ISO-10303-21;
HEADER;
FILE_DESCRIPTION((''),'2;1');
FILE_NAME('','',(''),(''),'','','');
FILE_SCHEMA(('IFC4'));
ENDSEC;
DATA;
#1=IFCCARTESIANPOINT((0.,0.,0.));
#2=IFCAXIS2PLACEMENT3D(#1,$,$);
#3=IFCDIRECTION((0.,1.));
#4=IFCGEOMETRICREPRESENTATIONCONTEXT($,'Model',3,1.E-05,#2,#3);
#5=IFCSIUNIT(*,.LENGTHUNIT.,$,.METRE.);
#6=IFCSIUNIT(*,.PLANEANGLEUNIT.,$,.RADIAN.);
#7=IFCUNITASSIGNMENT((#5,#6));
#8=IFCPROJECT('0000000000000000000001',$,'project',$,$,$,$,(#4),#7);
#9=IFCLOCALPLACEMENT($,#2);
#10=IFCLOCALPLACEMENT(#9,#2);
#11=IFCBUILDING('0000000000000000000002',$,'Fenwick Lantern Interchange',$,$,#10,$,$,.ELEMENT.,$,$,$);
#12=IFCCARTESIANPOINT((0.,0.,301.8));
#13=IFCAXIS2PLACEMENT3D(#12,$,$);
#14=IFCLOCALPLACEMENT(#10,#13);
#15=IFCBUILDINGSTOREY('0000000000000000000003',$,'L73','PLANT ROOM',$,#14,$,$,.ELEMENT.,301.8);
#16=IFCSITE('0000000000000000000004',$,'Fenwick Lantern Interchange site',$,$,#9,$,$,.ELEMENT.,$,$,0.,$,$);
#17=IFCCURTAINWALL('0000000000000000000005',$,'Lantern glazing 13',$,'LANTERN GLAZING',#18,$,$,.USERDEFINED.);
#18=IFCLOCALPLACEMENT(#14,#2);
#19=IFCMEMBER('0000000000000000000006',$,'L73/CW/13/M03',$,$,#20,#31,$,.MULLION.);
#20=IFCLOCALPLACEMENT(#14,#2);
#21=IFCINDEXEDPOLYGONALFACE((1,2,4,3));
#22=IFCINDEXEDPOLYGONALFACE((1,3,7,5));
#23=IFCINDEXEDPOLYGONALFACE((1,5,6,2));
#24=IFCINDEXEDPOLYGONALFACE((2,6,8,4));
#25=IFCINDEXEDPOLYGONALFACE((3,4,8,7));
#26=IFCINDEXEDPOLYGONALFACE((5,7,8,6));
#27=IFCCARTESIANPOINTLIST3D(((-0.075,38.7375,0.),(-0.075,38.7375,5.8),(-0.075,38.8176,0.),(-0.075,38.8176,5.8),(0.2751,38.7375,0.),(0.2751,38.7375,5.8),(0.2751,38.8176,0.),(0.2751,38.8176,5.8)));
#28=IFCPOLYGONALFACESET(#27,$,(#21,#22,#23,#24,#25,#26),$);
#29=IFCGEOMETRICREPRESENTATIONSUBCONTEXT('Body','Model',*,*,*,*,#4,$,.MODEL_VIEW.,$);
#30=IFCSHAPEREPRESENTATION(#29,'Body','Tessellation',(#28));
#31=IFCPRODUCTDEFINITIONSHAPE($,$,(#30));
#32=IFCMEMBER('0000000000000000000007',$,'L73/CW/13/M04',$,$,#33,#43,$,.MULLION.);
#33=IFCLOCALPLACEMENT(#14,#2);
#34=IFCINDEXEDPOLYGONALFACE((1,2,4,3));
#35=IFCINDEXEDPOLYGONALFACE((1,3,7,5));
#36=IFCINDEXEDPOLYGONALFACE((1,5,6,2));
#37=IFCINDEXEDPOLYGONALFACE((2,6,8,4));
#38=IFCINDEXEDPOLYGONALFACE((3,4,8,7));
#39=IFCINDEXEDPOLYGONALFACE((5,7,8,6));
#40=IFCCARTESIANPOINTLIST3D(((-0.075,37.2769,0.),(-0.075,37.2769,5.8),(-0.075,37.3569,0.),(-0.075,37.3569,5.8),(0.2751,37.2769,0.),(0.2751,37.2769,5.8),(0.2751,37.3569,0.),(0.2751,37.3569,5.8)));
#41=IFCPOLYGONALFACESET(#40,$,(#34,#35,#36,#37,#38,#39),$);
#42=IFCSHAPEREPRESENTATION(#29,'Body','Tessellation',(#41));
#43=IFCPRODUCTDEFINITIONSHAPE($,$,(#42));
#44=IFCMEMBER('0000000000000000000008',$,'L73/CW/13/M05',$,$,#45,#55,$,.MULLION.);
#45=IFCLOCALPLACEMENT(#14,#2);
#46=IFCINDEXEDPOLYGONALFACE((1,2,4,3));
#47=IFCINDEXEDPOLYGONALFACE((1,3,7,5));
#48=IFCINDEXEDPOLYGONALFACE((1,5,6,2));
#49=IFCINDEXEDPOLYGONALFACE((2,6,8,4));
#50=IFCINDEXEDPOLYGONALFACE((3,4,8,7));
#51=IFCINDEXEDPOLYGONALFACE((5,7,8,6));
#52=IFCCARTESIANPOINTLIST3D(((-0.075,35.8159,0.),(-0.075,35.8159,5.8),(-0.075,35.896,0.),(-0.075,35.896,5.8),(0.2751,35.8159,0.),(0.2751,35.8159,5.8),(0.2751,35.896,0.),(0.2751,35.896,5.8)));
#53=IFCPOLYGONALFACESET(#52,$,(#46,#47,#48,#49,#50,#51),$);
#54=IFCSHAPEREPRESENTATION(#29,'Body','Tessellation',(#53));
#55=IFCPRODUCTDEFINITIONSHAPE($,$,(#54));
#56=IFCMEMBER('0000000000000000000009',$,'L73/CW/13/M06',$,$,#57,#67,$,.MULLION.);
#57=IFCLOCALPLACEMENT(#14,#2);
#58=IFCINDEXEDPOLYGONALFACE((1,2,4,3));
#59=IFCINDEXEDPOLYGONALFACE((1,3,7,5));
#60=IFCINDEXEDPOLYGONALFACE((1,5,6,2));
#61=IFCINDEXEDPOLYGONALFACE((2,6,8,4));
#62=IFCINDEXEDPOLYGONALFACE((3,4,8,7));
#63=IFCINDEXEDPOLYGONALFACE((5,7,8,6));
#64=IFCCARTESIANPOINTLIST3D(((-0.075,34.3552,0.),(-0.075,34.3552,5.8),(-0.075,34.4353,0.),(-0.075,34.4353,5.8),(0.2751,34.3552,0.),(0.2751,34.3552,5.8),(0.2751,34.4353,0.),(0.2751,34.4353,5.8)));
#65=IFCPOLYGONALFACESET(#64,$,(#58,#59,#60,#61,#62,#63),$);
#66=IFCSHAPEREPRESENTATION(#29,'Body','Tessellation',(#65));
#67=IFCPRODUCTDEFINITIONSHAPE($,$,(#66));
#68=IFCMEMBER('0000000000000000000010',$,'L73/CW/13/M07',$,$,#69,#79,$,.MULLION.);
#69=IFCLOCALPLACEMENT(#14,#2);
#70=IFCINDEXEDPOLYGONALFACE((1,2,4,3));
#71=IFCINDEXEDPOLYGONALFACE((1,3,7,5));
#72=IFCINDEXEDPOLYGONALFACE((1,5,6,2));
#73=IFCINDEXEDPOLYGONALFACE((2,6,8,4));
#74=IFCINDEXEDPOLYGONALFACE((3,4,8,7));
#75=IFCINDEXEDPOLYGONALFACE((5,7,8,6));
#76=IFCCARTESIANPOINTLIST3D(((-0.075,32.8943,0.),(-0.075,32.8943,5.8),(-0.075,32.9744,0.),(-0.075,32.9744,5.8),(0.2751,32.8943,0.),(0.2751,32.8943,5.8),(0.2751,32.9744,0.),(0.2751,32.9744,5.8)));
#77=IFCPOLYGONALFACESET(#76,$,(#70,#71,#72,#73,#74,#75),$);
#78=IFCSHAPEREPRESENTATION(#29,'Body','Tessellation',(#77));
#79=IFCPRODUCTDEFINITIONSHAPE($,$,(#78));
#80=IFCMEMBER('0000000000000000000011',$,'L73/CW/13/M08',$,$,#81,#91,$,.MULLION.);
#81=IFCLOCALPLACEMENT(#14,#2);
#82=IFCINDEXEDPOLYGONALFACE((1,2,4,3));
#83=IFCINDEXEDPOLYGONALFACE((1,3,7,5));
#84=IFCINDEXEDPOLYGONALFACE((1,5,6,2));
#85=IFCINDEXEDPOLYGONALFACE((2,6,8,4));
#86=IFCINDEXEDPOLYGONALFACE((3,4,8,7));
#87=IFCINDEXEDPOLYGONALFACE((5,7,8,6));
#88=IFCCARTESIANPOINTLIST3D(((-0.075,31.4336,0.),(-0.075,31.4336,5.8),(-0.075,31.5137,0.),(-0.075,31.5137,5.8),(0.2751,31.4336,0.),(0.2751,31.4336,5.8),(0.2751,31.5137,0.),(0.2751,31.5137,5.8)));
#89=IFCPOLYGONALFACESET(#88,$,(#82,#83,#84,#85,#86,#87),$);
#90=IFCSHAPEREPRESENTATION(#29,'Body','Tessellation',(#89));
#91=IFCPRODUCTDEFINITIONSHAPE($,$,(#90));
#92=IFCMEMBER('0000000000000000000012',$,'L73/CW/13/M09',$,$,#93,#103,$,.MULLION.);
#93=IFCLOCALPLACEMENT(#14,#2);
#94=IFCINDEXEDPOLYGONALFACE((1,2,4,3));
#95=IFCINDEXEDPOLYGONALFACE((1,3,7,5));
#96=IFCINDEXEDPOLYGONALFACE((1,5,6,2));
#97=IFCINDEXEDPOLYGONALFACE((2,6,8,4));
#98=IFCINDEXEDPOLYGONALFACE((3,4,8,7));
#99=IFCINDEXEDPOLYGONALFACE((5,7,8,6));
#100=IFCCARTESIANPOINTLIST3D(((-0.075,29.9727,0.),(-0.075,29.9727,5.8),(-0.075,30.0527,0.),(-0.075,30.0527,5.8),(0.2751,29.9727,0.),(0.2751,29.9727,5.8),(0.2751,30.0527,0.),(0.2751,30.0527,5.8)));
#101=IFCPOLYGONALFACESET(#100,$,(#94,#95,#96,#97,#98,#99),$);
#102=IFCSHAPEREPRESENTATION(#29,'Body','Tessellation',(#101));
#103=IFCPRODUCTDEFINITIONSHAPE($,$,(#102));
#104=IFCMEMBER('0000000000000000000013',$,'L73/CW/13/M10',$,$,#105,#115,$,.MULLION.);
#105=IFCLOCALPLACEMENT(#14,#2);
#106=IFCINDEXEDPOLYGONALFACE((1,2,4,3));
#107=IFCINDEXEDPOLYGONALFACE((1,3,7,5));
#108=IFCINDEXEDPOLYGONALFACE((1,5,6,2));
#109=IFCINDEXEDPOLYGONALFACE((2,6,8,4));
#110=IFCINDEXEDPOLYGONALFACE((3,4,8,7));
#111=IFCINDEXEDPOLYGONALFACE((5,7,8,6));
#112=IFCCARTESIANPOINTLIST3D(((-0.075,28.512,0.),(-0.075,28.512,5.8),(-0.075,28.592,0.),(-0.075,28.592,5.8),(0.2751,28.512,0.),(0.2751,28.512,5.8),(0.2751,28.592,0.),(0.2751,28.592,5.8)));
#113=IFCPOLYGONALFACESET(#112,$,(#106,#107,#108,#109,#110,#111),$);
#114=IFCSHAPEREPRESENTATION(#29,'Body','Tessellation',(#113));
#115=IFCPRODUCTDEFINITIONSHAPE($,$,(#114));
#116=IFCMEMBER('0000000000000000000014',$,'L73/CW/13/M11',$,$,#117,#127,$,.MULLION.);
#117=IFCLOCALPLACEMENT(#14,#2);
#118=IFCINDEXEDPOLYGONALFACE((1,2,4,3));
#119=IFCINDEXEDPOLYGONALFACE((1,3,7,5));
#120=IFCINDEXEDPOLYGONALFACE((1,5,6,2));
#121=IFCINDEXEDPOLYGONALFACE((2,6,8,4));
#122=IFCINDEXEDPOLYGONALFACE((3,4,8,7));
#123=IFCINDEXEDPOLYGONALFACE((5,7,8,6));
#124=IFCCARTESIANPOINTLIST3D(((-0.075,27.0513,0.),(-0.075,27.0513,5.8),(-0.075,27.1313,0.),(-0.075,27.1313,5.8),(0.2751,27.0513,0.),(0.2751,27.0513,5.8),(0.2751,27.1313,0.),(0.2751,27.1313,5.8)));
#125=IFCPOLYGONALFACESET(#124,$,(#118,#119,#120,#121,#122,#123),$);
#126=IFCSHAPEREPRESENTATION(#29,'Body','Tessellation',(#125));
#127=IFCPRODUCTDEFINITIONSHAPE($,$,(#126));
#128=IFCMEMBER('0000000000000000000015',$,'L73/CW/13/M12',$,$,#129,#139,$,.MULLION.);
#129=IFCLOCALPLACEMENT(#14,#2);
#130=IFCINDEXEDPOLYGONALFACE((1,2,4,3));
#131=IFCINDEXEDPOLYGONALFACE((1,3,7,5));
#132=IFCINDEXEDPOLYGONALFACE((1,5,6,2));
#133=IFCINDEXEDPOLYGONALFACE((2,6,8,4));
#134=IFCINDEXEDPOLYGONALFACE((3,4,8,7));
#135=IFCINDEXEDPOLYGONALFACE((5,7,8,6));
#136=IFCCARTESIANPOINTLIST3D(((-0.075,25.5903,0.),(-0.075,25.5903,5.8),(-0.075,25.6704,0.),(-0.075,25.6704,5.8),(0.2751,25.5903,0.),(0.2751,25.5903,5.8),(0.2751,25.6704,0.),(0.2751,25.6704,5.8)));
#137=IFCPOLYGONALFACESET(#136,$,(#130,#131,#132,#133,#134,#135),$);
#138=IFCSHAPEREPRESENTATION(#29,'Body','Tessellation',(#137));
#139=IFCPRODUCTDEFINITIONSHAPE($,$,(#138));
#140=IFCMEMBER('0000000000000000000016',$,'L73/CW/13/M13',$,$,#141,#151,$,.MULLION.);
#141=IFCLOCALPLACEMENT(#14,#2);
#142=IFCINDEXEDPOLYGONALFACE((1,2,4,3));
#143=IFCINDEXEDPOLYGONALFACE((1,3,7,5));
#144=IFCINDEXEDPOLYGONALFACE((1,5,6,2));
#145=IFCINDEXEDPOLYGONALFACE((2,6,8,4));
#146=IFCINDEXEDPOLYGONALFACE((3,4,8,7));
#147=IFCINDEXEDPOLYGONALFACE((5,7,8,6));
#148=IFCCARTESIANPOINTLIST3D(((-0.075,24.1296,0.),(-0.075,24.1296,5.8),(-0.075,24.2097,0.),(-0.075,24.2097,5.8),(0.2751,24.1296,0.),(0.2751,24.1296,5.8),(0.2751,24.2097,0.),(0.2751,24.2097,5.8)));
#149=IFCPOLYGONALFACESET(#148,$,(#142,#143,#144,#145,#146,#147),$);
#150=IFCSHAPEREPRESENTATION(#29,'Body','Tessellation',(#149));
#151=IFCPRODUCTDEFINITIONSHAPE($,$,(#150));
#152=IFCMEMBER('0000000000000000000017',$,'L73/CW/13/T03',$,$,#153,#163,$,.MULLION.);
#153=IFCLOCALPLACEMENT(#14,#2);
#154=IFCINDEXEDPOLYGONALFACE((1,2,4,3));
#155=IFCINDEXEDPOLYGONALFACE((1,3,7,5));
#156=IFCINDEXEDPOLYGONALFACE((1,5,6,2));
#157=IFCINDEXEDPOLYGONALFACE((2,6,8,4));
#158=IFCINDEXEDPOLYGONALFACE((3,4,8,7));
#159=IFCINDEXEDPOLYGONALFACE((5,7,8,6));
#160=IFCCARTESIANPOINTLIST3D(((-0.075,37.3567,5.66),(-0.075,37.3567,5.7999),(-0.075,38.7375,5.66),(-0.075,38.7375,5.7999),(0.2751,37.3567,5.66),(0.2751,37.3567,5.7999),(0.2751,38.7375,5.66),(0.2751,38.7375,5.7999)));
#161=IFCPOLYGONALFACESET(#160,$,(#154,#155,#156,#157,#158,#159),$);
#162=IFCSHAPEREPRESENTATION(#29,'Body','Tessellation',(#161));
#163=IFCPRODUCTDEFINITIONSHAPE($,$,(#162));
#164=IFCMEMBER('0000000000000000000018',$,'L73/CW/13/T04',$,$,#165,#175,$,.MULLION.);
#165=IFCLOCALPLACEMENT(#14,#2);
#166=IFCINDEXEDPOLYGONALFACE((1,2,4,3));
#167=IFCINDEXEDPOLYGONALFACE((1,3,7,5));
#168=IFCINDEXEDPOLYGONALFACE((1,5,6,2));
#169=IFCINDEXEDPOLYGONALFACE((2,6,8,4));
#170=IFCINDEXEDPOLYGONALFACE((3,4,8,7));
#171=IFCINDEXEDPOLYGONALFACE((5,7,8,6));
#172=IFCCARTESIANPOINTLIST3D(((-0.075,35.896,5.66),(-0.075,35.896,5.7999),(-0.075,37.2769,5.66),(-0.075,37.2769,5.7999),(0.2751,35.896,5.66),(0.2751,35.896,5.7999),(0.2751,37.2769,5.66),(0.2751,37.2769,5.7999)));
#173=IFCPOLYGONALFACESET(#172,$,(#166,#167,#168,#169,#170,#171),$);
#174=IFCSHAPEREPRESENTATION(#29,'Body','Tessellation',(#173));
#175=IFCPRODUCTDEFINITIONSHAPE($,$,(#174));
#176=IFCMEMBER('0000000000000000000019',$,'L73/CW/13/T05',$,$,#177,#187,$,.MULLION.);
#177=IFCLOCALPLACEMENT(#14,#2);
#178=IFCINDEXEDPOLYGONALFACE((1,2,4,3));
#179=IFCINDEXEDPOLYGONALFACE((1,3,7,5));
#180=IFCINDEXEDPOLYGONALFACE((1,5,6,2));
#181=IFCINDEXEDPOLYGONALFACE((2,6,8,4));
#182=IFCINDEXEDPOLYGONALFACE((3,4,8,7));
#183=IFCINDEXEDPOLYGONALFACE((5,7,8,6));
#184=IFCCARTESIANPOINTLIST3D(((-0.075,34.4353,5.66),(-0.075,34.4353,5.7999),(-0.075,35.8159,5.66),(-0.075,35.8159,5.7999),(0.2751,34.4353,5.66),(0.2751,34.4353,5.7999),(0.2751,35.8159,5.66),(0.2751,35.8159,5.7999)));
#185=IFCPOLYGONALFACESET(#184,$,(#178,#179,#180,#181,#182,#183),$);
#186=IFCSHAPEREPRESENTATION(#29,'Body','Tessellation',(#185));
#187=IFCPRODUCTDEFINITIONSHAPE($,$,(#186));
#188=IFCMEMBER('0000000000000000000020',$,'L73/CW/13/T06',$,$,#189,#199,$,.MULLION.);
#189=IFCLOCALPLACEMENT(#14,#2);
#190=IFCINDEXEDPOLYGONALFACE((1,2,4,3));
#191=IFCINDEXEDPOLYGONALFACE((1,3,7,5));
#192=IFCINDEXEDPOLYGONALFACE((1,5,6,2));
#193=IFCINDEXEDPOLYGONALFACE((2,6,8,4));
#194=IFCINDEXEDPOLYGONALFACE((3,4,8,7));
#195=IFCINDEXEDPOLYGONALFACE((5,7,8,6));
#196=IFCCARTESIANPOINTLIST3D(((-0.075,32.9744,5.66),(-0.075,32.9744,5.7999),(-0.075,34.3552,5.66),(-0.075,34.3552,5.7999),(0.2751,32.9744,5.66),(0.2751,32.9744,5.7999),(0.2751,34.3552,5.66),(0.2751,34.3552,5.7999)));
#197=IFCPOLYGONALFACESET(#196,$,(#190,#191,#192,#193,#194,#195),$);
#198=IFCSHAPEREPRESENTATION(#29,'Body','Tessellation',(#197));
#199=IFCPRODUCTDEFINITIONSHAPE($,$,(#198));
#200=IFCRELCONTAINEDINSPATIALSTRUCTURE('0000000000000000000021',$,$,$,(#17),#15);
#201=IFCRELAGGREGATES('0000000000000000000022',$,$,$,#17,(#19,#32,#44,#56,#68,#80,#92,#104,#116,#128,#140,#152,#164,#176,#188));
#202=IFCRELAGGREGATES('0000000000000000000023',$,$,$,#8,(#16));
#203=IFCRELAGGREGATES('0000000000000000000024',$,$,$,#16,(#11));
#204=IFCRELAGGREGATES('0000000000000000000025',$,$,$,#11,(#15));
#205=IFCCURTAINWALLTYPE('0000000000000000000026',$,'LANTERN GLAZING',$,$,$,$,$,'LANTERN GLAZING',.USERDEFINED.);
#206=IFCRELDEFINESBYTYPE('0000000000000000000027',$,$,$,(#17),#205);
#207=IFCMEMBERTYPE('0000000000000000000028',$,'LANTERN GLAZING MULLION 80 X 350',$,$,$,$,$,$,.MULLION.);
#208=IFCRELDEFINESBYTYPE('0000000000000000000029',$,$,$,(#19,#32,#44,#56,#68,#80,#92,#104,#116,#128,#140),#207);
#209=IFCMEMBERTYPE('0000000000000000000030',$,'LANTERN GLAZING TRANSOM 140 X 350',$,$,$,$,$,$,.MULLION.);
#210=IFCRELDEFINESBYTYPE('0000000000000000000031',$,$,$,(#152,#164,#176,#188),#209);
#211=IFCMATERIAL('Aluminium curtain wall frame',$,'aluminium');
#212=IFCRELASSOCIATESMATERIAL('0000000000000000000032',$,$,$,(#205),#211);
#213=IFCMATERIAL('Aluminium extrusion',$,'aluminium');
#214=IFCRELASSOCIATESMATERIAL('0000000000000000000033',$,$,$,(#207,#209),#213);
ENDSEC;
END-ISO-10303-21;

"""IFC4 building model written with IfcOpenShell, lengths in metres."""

from ifc_helpers import new_model, si_unit, direction, frame, origin, origin_2d, place, context, subcontext, project, spatial, rectangle, extrude, material, material_profile, profile_set, type_object, element, aggregate, save


model = new_model("IFC4")

# Units and contexts
model_context = context("Model", 3, precision=1e-05, world=origin(), true_north=direction((0.0, 1.0)))
body_context = subcontext(model_context, "Body", "Model", "MODEL_VIEW")
ifc_project = project(units=[si_unit("LENGTHUNIT", "METRE"), si_unit("PLANEANGLEUNIT", "RADIAN")], contexts=[model_context])

# Site, building, storey
site_placement = place(None, origin())
site = spatial("IfcSite", under=ifc_project, at=site_placement, Name="Fenwick Lantern Interchange site", CompositionType="ELEMENT", RefElevation=0.0)
building_placement = place(site_placement, origin())
building = spatial("IfcBuilding", under=site, at=building_placement, Name="Fenwick Lantern Interchange", CompositionType="ELEMENT")
storey_placement = place(building_placement, frame((0.0, 0.0, 301.8)))
storey = spatial("IfcBuildingStorey", under=building, at=storey_placement, Name="L73", Description="PLANT ROOM", CompositionType="ELEMENT", Elevation=301.8)

# Curtain wall, members
ifc_material_1 = material(Name="Aluminium curtain wall frame", Category="aluminium")
curtain_wall_type = type_object("IfcCurtainWallType", Name="LANTERN GLAZING", ElementType="LANTERN GLAZING", PredefinedType="USERDEFINED", material=ifc_material_1)
curtain_wall_placement = place(storey_placement, origin())
curtain_wall = element("IfcCurtainWall", 1, at=curtain_wall_placement, inside=storey, type_object=curtain_wall_type, Name="Lantern glazing 13", ObjectType="LANTERN GLAZING", PredefinedType="USERDEFINED")
ifc_material_2 = material(Name="Aluminium extrusion", Category="aluminium")
ifc_material_profile_1 = material_profile(ifc_material_2, rectangle(XDim=0.3501, YDim=0.0801, at=origin_2d()), Name="LANTERN GLAZING MULLION 80 X 350")
ifc_profile_set_1 = profile_set([ifc_material_profile_1], Name="Aluminium extrusion")
member_type_1 = type_object("IfcMemberType", Name="LANTERN GLAZING MULLION 80 X 350", PredefinedType="MULLION", material=ifc_profile_set_1)
member_1_placement = place(storey_placement, frame((0.1001, 38.7776, 0.0), z_axis=(0.0, 0.0, 1.0), x_axis=(1.0, 0.0, 0.0)))
member_1 = element("IfcMember", 2, at=member_1_placement, type_object=member_type_1, Name="L73/CW/13/M03", PredefinedType="MULLION", context=body_context, shape_type="SweptSolid", body=[
    extrude(rectangle(XDim=0.3501, YDim=0.0801, at=origin_2d()), origin(), (0.0, 0.0, 1.0), 5.8),
])
member_2_placement = place(storey_placement, frame((0.1001, 37.3169, 0.0), z_axis=(0.0, 0.0, 1.0), x_axis=(1.0, 0.0, 0.0)))
member_2 = element("IfcMember", 3, at=member_2_placement, type_object=member_type_1, Name="L73/CW/13/M04", PredefinedType="MULLION", context=body_context, shape_type="SweptSolid", body=[
    extrude(rectangle(XDim=0.3501, YDim=0.0801, at=origin_2d()), origin(), (0.0, 0.0, 1.0), 5.8),
])
member_3_placement = place(storey_placement, frame((0.1001, 35.856, 0.0), z_axis=(0.0, 0.0, 1.0), x_axis=(1.0, 0.0, 0.0)))
member_3 = element("IfcMember", 4, at=member_3_placement, type_object=member_type_1, Name="L73/CW/13/M05", PredefinedType="MULLION", context=body_context, shape_type="SweptSolid", body=[
    extrude(rectangle(XDim=0.3501, YDim=0.0801, at=origin_2d()), origin(), (0.0, 0.0, 1.0), 5.8),
])
member_4_placement = place(storey_placement, frame((0.1001, 34.3953, 0.0), z_axis=(0.0, 0.0, 1.0), x_axis=(1.0, 0.0, 0.0)))
member_4 = element("IfcMember", 5, at=member_4_placement, type_object=member_type_1, Name="L73/CW/13/M06", PredefinedType="MULLION", context=body_context, shape_type="SweptSolid", body=[
    extrude(rectangle(XDim=0.3501, YDim=0.0801, at=origin_2d()), origin(), (0.0, 0.0, 1.0), 5.8),
])
member_5_placement = place(storey_placement, frame((0.1001, 32.9343, 0.0), z_axis=(0.0, 0.0, 1.0), x_axis=(1.0, 0.0, 0.0)))
member_5 = element("IfcMember", 6, at=member_5_placement, type_object=member_type_1, Name="L73/CW/13/M07", PredefinedType="MULLION", context=body_context, shape_type="SweptSolid", body=[
    extrude(rectangle(XDim=0.3501, YDim=0.0801, at=origin_2d()), origin(), (0.0, 0.0, 1.0), 5.8),
])
member_6_placement = place(storey_placement, frame((0.1001, 31.4736, 0.0), z_axis=(0.0, 0.0, 1.0), x_axis=(1.0, 0.0, 0.0)))
member_6 = element("IfcMember", 7, at=member_6_placement, type_object=member_type_1, Name="L73/CW/13/M08", PredefinedType="MULLION", context=body_context, shape_type="SweptSolid", body=[
    extrude(rectangle(XDim=0.3501, YDim=0.0801, at=origin_2d()), origin(), (0.0, 0.0, 1.0), 5.8),
])
member_7_placement = place(storey_placement, frame((0.1001, 30.0127, 0.0), z_axis=(0.0, 0.0, 1.0), x_axis=(1.0, 0.0, 0.0)))
member_7 = element("IfcMember", 8, at=member_7_placement, type_object=member_type_1, Name="L73/CW/13/M09", PredefinedType="MULLION", context=body_context, shape_type="SweptSolid", body=[
    extrude(rectangle(XDim=0.3501, YDim=0.0801, at=origin_2d()), origin(), (0.0, 0.0, 1.0), 5.8),
])
member_8_placement = place(storey_placement, frame((0.1001, 28.552, 0.0), z_axis=(0.0, 0.0, 1.0), x_axis=(1.0, 0.0, 0.0)))
member_8 = element("IfcMember", 9, at=member_8_placement, type_object=member_type_1, Name="L73/CW/13/M10", PredefinedType="MULLION", context=body_context, shape_type="SweptSolid", body=[
    extrude(rectangle(XDim=0.3501, YDim=0.0801, at=origin_2d()), origin(), (0.0, 0.0, 1.0), 5.8),
])
member_9_placement = place(storey_placement, frame((0.1001, 27.0913, 0.0), z_axis=(0.0, 0.0, 1.0), x_axis=(1.0, 0.0, 0.0)))
member_9 = element("IfcMember", 10, at=member_9_placement, type_object=member_type_1, Name="L73/CW/13/M11", PredefinedType="MULLION", context=body_context, shape_type="SweptSolid", body=[
    extrude(rectangle(XDim=0.3501, YDim=0.0801, at=origin_2d()), origin(), (0.0, 0.0, 1.0), 5.8),
])
member_10_placement = place(storey_placement, frame((0.1001, 25.6304, 0.0), z_axis=(0.0, 0.0, 1.0), x_axis=(1.0, 0.0, 0.0)))
member_10 = element("IfcMember", 11, at=member_10_placement, type_object=member_type_1, Name="L73/CW/13/M12", PredefinedType="MULLION", context=body_context, shape_type="SweptSolid", body=[
    extrude(rectangle(XDim=0.3501, YDim=0.0801, at=origin_2d()), origin(), (0.0, 0.0, 1.0), 5.8),
])
member_11_placement = place(storey_placement, frame((0.1001, 24.1697, 0.0), z_axis=(0.0, 0.0, 1.0), x_axis=(1.0, 0.0, 0.0)))
member_11 = element("IfcMember", 12, at=member_11_placement, type_object=member_type_1, Name="L73/CW/13/M13", PredefinedType="MULLION", context=body_context, shape_type="SweptSolid", body=[
    extrude(rectangle(XDim=0.3501, YDim=0.0801, at=origin_2d()), origin(), (0.0, 0.0, 1.0), 5.8),
])
ifc_material_profile_2 = material_profile(ifc_material_2, rectangle(XDim=0.3501, YDim=0.1399, at=origin_2d()), Name="LANTERN GLAZING TRANSOM 140 X 350")
ifc_profile_set_2 = profile_set([ifc_material_profile_2], Name="Aluminium extrusion")
member_type_2 = type_object("IfcMemberType", Name="LANTERN GLAZING TRANSOM 140 X 350", PredefinedType="MULLION", material=ifc_profile_set_2)
member_12_placement = place(storey_placement, frame((0.1001, 38.7375, 5.73), z_axis=(0.0, -1.0, 0.0), x_axis=(1.0, 0.0, 0.0)))
member_12 = element("IfcMember", 13, at=member_12_placement, type_object=member_type_2, Name="L73/CW/13/T03", PredefinedType="MULLION", context=body_context, shape_type="SweptSolid", body=[
    extrude(rectangle(XDim=0.3501, YDim=0.1399, at=origin_2d()), origin(), (0.0, 0.0, 1.0), 1.3809),
])
member_13_placement = place(storey_placement, frame((0.1001, 37.2769, 5.73), z_axis=(0.0, -1.0, 0.0), x_axis=(1.0, 0.0, 0.0)))
member_13 = element("IfcMember", 14, at=member_13_placement, type_object=member_type_2, Name="L73/CW/13/T04", PredefinedType="MULLION", context=body_context, shape_type="SweptSolid", body=[
    extrude(rectangle(XDim=0.3501, YDim=0.1399, at=origin_2d()), origin(), (0.0, 0.0, 1.0), 1.3809),
])
member_14_placement = place(storey_placement, frame((0.1001, 35.8159, 5.73), z_axis=(0.0, -1.0, 0.0), x_axis=(1.0, 0.0, 0.0)))
member_14 = element("IfcMember", 15, at=member_14_placement, type_object=member_type_2, Name="L73/CW/13/T05", PredefinedType="MULLION", context=body_context, shape_type="SweptSolid", body=[
    extrude(rectangle(XDim=0.3501, YDim=0.1399, at=origin_2d()), origin(), (0.0, 0.0, 1.0), 1.3806),
])
member_15_placement = place(storey_placement, frame((0.1001, 34.3552, 5.73), z_axis=(0.0, -1.0, 0.0), x_axis=(1.0, 0.0, 0.0)))
member_15 = element("IfcMember", 16, at=member_15_placement, type_object=member_type_2, Name="L73/CW/13/T06", PredefinedType="MULLION", context=body_context, shape_type="SweptSolid", body=[
    extrude(rectangle(XDim=0.3501, YDim=0.1399, at=origin_2d()), origin(), (0.0, 0.0, 1.0), 1.3809),
])
aggregate(curtain_wall, [member_1, member_2, member_3, member_4, member_5, member_6, member_7, member_8, member_9, member_10, member_11, member_12, member_13, member_14, member_15])

save(model, "model.ifc")
